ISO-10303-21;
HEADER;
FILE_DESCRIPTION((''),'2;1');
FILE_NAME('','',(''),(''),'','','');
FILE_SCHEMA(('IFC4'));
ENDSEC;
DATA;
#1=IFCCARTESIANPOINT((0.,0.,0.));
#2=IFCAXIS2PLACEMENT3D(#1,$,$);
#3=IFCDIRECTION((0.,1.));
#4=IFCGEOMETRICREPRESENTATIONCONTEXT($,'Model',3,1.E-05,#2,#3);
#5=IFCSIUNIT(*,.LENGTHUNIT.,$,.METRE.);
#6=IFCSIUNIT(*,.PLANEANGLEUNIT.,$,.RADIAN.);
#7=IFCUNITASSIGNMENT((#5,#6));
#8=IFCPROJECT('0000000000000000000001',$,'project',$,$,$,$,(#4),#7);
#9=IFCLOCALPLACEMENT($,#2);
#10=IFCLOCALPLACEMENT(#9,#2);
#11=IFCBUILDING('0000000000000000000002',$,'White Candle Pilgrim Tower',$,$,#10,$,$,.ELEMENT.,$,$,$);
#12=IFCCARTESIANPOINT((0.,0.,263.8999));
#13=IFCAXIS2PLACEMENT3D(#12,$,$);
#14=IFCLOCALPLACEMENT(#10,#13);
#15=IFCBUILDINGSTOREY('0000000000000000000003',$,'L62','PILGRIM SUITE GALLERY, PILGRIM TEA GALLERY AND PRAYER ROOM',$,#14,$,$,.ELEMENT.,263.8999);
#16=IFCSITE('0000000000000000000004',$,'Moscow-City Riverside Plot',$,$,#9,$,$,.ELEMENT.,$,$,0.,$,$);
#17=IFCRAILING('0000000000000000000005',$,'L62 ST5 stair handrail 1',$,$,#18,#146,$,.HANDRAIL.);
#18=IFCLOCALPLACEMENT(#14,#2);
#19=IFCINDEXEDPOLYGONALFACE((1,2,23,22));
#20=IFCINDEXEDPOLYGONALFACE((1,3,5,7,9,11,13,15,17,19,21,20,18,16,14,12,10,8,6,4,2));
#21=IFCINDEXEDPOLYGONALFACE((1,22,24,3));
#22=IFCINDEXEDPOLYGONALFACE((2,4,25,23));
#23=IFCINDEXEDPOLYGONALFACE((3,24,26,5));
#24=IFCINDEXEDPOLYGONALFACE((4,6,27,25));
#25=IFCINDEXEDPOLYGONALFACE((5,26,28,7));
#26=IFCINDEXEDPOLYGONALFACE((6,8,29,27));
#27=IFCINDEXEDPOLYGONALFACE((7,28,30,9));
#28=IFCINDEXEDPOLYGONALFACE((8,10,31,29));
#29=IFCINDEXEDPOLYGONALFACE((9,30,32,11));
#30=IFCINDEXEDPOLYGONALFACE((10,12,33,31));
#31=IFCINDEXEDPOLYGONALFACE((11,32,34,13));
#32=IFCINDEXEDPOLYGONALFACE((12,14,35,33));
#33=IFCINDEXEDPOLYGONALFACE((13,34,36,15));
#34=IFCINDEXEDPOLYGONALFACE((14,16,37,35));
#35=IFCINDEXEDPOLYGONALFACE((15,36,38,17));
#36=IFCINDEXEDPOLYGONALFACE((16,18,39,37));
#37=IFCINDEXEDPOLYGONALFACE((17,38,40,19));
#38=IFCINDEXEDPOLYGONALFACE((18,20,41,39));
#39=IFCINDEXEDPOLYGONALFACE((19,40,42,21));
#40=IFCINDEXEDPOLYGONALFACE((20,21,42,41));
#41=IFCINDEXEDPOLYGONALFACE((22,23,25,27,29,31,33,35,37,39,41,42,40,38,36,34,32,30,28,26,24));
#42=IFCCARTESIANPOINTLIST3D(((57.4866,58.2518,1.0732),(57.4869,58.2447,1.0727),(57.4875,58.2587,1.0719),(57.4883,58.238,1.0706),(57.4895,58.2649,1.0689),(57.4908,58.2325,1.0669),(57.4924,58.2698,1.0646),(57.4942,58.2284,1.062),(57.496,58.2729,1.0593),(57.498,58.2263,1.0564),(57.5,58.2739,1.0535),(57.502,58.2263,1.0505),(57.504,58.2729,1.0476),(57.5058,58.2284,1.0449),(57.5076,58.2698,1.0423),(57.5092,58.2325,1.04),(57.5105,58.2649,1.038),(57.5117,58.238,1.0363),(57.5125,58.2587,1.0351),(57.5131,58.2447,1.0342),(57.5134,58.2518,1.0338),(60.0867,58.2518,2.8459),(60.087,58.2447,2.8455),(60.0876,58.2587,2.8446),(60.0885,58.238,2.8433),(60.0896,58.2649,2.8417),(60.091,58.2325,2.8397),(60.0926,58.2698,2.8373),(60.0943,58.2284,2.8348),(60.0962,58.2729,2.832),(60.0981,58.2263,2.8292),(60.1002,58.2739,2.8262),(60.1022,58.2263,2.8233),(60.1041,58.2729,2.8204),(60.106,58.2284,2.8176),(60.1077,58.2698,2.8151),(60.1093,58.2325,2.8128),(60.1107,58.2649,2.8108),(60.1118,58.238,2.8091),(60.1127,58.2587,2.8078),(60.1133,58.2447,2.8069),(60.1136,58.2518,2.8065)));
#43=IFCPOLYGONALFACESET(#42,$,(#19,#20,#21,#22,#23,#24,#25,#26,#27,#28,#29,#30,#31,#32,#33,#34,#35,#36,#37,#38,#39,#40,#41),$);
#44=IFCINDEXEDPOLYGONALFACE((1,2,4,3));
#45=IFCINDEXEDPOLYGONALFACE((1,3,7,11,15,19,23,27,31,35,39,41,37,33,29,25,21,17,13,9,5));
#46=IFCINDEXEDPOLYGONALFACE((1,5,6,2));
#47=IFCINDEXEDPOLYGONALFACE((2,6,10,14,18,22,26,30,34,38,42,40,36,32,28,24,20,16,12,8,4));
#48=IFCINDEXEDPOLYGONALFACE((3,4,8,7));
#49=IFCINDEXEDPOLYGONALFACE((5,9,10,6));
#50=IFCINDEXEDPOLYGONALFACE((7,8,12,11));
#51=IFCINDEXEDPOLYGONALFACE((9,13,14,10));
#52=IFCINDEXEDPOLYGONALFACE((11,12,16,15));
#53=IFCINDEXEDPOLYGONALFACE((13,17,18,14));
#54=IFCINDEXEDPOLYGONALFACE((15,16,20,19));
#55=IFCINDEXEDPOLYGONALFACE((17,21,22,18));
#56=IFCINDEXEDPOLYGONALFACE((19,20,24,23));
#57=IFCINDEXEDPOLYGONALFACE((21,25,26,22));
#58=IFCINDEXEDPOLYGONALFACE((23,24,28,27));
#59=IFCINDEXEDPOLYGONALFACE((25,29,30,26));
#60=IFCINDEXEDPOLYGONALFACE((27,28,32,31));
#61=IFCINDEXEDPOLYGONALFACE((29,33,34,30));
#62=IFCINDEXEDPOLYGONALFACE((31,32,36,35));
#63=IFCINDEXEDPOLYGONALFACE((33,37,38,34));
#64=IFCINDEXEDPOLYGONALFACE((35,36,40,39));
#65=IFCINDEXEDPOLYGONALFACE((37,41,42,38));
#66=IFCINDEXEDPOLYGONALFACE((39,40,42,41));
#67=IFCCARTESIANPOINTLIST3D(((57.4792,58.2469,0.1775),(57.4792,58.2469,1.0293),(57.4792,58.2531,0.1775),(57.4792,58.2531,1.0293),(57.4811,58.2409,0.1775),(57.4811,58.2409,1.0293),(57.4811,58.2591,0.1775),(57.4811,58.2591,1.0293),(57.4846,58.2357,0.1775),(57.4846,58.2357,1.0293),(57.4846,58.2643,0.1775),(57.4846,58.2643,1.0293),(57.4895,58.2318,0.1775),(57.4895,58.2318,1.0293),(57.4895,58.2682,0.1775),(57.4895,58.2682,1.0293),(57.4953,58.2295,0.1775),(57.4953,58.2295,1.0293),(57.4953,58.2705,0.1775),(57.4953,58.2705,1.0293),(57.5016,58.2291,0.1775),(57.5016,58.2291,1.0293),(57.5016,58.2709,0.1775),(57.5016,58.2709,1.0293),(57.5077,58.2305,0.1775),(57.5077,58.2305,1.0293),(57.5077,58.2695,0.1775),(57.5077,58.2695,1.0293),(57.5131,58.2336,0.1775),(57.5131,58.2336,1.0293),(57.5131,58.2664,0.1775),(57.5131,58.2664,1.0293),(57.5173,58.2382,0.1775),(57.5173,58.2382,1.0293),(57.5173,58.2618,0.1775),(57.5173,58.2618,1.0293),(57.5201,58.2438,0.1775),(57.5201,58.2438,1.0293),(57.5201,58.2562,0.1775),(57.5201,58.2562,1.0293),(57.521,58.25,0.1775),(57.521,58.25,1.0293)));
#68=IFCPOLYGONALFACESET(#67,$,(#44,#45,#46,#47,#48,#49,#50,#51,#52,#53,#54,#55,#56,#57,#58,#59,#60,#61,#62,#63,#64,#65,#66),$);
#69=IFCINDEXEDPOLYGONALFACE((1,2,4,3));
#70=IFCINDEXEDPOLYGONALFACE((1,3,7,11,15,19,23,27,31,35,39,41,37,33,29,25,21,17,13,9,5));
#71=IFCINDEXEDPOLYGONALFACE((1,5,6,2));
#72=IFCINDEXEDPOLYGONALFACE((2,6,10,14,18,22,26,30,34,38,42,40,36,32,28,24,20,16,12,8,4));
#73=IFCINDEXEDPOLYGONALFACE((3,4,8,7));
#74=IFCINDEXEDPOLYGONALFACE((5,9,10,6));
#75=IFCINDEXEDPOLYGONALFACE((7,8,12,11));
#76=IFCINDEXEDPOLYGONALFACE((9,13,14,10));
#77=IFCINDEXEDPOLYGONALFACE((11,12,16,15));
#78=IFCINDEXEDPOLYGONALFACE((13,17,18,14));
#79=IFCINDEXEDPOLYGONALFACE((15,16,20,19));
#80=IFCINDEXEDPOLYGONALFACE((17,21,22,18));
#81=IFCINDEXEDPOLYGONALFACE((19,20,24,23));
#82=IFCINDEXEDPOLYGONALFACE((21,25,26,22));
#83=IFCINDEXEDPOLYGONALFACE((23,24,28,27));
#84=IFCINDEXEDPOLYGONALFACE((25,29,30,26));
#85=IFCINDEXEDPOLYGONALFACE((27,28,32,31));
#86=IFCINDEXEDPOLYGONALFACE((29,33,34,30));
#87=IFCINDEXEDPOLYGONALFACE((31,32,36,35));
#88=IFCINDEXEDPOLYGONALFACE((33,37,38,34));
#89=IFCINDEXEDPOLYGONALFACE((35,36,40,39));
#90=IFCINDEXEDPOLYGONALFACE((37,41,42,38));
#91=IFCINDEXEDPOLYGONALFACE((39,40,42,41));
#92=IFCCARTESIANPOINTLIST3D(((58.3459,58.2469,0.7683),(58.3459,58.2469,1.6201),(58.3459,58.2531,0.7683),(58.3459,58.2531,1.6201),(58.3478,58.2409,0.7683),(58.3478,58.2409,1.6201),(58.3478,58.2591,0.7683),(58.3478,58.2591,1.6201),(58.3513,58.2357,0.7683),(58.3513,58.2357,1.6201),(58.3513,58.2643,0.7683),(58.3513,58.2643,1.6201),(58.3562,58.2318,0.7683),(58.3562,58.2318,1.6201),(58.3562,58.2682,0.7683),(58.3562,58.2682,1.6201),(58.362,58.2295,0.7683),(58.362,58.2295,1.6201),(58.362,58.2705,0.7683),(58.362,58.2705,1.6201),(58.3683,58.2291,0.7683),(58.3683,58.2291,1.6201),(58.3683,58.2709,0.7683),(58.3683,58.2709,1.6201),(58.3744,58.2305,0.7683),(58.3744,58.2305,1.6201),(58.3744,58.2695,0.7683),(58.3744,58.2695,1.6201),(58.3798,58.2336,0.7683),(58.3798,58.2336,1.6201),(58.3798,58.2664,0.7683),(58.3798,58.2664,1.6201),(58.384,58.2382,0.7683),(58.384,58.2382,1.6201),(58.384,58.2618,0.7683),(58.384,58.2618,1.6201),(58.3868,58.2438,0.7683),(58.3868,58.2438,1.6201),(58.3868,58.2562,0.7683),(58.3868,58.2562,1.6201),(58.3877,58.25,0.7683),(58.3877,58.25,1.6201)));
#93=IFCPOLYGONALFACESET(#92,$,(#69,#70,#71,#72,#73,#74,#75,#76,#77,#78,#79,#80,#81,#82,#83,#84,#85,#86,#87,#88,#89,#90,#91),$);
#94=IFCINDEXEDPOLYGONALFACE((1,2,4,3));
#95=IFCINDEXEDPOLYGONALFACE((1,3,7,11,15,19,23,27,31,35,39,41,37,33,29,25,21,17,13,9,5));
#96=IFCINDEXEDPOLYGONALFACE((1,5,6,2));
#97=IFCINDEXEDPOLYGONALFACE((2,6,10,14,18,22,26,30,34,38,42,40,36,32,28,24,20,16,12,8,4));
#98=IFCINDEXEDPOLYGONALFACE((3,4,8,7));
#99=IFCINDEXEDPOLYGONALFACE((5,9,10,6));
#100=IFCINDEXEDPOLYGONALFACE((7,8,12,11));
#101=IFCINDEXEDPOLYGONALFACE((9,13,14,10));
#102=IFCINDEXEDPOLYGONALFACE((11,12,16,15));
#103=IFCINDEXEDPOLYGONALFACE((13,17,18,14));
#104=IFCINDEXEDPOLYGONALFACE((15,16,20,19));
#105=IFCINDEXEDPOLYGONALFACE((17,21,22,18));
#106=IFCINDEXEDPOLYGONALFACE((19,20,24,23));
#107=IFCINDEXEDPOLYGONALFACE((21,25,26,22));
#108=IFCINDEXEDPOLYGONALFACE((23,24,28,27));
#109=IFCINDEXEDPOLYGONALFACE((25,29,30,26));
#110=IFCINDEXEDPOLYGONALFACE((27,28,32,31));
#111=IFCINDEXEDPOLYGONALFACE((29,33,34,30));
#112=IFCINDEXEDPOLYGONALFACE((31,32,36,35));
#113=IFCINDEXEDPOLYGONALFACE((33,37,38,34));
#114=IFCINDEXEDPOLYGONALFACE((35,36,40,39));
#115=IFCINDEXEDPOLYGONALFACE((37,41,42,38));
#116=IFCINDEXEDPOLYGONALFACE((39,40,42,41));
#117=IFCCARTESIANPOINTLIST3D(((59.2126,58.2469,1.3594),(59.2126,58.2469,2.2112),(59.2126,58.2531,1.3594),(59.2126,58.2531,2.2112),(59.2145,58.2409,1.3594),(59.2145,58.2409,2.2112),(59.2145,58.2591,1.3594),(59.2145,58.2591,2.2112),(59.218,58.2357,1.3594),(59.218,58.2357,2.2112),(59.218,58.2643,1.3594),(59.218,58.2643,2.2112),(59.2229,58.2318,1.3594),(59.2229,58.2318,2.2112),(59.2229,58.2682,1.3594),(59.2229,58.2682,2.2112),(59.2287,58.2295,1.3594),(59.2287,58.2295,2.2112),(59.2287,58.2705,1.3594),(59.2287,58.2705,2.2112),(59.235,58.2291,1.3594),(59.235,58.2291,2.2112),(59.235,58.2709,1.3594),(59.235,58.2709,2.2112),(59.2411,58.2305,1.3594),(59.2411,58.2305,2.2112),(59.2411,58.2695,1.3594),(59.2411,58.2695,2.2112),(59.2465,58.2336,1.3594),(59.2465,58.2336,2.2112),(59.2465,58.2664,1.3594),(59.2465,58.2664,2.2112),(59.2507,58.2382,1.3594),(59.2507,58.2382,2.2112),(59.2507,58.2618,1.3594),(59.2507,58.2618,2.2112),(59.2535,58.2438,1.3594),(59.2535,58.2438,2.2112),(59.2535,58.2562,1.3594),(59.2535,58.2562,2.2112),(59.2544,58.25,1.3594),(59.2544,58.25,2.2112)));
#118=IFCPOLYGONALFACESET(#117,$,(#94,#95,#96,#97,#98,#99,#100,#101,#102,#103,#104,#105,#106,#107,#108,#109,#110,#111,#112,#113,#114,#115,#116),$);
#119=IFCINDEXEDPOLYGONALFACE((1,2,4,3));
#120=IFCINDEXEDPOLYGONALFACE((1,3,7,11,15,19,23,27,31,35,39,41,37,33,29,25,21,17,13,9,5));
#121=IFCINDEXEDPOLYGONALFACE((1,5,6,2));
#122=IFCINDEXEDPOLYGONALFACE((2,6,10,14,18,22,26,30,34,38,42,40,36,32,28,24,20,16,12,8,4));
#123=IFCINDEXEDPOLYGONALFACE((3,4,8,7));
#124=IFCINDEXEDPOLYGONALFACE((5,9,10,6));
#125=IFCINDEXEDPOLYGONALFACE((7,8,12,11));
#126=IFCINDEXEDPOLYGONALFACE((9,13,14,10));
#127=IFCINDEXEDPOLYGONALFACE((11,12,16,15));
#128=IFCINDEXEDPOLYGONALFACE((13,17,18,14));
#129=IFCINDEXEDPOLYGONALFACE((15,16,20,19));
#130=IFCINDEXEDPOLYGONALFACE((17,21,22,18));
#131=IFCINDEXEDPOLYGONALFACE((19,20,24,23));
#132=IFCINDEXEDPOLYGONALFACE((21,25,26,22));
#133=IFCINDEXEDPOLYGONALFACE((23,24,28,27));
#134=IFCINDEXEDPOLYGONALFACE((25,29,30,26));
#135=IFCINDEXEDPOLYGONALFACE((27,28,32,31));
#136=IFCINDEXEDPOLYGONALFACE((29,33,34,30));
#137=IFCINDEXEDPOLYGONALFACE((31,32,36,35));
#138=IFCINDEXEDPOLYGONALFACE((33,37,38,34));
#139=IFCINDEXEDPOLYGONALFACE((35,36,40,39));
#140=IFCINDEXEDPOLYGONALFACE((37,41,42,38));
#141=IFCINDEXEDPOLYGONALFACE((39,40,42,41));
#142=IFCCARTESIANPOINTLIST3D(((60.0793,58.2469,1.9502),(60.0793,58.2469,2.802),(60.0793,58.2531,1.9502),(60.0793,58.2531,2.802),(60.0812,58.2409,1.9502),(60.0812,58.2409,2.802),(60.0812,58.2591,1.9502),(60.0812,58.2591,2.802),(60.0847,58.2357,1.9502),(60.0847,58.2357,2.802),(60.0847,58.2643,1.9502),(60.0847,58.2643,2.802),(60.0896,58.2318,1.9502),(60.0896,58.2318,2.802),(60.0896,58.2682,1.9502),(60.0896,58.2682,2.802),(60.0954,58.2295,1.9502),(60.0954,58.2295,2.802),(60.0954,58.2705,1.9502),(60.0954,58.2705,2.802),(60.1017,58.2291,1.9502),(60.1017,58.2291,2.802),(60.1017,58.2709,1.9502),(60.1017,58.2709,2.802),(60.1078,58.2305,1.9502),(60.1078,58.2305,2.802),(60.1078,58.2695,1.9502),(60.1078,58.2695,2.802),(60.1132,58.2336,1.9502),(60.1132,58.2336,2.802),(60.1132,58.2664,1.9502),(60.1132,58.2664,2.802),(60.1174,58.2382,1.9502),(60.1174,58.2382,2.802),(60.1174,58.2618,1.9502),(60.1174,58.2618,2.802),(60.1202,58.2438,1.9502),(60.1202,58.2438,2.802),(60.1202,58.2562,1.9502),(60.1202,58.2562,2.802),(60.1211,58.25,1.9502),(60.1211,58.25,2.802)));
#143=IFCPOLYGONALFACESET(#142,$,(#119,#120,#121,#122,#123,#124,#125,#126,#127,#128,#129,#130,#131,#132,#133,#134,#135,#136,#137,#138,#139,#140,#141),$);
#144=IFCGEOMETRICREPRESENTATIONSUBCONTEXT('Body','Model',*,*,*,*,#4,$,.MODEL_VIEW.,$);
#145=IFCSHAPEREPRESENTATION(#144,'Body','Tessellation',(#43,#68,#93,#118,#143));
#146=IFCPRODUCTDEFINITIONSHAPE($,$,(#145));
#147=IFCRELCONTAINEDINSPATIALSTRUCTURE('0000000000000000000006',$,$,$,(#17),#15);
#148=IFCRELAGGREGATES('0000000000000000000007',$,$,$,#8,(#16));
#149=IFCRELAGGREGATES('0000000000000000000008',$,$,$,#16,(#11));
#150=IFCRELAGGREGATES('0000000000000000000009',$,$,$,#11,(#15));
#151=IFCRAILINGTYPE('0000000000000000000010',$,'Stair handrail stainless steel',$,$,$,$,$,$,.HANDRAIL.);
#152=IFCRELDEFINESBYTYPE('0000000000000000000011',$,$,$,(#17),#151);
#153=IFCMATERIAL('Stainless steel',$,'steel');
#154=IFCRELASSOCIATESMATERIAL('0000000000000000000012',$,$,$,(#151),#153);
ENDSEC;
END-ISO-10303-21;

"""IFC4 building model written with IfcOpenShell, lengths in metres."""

from ifc_helpers import new_model, si_unit, direction, frame, origin, origin_2d, place, context, subcontext, project, spatial, circle, extrude, material, type_object, element, save


model = new_model("IFC4")

# Units and contexts
model_context = context("Model", 3, precision=1e-05, world=origin(), true_north=direction((0.0, 1.0)))
body_context = subcontext(model_context, "Body", "Model", "MODEL_VIEW")
ifc_project = project(units=[si_unit("LENGTHUNIT", "METRE"), si_unit("PLANEANGLEUNIT", "RADIAN")], contexts=[model_context])

# Site, building, storey
site_placement = place(None, origin())
site = spatial("IfcSite", under=ifc_project, at=site_placement, Name="Moscow-City Riverside Plot", CompositionType="ELEMENT", RefElevation=0.0)
building_placement = place(site_placement, origin())
building = spatial("IfcBuilding", under=site, at=building_placement, Name="White Candle Pilgrim Tower", CompositionType="ELEMENT")
storey_placement = place(building_placement, frame((0.0, 0.0, 263.8999)))
storey = spatial("IfcBuildingStorey", under=building, at=storey_placement, Name="L62", Description="PILGRIM SUITE GALLERY, PILGRIM TEA GALLERY AND PRAYER ROOM", CompositionType="ELEMENT", Elevation=263.8999)

# Railing
ifc_material_1 = material(Name="Stainless steel", Category="steel")
railing_type_1 = type_object("IfcRailingType", Name="Stair handrail stainless steel", PredefinedType="HANDRAIL", material=ifc_material_1)
railing_1_placement = place(storey_placement, frame((57.5, 58.25, 0.1775)))
element("IfcRailing", 1, at=railing_1_placement, inside=storey, type_object=railing_type_1, Name="L62 ST5 stair handrail 1", PredefinedType="HANDRAIL", context=body_context, shape_type="SweptSolid", body=[
    extrude(circle(Radius=0.0239, at=origin_2d()), frame((0.0, 0.0, 0.876), z_axis=(0.82624, 0.0, 0.563318), x_axis=(0.0, 1.0, 0.0)), (0.0, 0.0, 1.0), 3.147),
    extrude(circle(Radius=0.021, at=origin_2d()), origin(), (0.0, 0.0, 1.0), 0.8518),
    extrude(circle(Radius=0.021, at=origin_2d()), frame((0.8667, 0.0, 0.5908)), (0.0, 0.0, 1.0), 0.8518),
    extrude(circle(Radius=0.021, at=origin_2d()), frame((1.7334, 0.0, 1.1819)), (0.0, 0.0, 1.0), 0.8518),
    extrude(circle(Radius=0.021, at=origin_2d()), frame((2.6001, 0.0, 1.7727)), (0.0, 0.0, 1.0), 0.8518),
])

save(model, "model.ifc")
